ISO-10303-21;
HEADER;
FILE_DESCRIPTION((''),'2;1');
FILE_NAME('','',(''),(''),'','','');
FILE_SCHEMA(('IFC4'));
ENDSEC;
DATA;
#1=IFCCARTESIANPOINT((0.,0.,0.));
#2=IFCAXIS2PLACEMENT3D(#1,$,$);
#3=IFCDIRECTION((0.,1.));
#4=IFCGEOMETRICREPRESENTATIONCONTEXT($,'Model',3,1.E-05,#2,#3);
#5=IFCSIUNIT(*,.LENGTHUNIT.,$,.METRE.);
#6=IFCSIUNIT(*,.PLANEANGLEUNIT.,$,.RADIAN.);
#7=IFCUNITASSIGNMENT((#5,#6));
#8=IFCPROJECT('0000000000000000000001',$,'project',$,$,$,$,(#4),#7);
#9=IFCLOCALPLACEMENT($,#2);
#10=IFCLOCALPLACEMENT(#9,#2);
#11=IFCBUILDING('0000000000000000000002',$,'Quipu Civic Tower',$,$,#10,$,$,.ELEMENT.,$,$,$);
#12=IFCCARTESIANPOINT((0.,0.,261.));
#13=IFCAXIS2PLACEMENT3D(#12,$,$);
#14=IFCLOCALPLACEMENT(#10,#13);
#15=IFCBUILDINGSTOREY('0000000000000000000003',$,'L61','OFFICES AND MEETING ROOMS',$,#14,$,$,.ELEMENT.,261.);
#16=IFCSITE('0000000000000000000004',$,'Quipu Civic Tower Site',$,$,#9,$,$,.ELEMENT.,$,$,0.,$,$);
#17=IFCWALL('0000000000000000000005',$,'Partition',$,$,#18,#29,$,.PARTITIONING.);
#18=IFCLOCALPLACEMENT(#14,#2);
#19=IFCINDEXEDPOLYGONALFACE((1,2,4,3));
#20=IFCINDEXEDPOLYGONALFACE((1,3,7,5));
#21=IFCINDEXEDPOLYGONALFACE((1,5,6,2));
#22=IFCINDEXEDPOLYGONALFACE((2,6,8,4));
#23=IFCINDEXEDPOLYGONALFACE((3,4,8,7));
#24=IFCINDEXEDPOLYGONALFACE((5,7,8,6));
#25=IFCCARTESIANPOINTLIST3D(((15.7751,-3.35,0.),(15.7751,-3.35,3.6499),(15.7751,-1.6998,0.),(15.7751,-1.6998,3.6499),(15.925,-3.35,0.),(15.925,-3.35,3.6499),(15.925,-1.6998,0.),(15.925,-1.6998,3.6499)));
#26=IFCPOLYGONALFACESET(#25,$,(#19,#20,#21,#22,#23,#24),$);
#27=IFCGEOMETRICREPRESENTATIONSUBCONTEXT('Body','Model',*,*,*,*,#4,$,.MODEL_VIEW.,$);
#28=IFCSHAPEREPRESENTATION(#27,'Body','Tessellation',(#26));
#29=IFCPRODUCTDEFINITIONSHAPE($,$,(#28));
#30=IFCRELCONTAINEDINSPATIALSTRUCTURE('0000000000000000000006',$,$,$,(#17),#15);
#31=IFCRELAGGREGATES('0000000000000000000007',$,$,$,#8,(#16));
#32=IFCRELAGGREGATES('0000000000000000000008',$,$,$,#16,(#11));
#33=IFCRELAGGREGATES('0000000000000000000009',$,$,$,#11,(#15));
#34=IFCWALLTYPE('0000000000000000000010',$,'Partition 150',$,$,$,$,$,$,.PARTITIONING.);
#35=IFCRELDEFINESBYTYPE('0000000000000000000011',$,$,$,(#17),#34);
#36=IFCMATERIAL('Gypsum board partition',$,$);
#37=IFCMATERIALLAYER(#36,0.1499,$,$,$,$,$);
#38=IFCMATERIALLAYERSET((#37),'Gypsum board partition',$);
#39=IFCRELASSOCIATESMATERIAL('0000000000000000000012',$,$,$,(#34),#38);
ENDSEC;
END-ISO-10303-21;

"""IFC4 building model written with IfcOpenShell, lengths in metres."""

from ifc_helpers import new_model, si_unit, direction, frame, frame_2d, origin, place, context, subcontext, project, spatial, rectangle, extrude, material, layer, layer_set, type_object, element, save


model = new_model("IFC4")

# Units and contexts
model_context = context("Model", 3, precision=1e-05, world=origin(), true_north=direction((0.0, 1.0)))
body_context = subcontext(model_context, "Body", "Model", "MODEL_VIEW")
ifc_project = project(units=[si_unit("LENGTHUNIT", "METRE"), si_unit("PLANEANGLEUNIT", "RADIAN")], contexts=[model_context])

# Site, building, storey
site_placement = place(None, origin())
site = spatial("IfcSite", under=ifc_project, at=site_placement, Name="Quipu Civic Tower Site", CompositionType="ELEMENT", RefElevation=0.0)
building_placement = place(site_placement, origin())
building = spatial("IfcBuilding", under=site, at=building_placement, Name="Quipu Civic Tower", CompositionType="ELEMENT")
storey_placement = place(building_placement, frame((0.0, 0.0, 261.0)))
storey = spatial("IfcBuildingStorey", under=building, at=storey_placement, Name="L61", Description="OFFICES AND MEETING ROOMS", CompositionType="ELEMENT", Elevation=261.0)

# Shared definitions
ifc_material_1 = material(Name="Gypsum board partition")
ifc_layer_1 = layer(ifc_material_1, 0.1499)
ifc_layer_set_1 = layer_set([ifc_layer_1], Name="Gypsum board partition")
wall_type_1 = type_object("IfcWallType", Name="Partition 150", PredefinedType="PARTITIONING", material=ifc_layer_set_1)

# Wall
wall_1_placement = place(storey_placement, frame((15.8501, -3.3501, 0.0), z_axis=(0.0, 0.0, 1.0), x_axis=(0.0, 1.0, 0.0)))
element("IfcWall", 1, at=wall_1_placement, inside=storey, type_object=wall_type_1, Name="Partition", PredefinedType="PARTITIONING", context=body_context, shape_type="SweptSolid", body=[
    extrude(rectangle(XDim=1.6501, YDim=0.1499, at=frame_2d((0.8252, 0.0))), origin(), (0.0, 0.0, 1.0), 3.6499),
])

save(model, "model.ifc")
